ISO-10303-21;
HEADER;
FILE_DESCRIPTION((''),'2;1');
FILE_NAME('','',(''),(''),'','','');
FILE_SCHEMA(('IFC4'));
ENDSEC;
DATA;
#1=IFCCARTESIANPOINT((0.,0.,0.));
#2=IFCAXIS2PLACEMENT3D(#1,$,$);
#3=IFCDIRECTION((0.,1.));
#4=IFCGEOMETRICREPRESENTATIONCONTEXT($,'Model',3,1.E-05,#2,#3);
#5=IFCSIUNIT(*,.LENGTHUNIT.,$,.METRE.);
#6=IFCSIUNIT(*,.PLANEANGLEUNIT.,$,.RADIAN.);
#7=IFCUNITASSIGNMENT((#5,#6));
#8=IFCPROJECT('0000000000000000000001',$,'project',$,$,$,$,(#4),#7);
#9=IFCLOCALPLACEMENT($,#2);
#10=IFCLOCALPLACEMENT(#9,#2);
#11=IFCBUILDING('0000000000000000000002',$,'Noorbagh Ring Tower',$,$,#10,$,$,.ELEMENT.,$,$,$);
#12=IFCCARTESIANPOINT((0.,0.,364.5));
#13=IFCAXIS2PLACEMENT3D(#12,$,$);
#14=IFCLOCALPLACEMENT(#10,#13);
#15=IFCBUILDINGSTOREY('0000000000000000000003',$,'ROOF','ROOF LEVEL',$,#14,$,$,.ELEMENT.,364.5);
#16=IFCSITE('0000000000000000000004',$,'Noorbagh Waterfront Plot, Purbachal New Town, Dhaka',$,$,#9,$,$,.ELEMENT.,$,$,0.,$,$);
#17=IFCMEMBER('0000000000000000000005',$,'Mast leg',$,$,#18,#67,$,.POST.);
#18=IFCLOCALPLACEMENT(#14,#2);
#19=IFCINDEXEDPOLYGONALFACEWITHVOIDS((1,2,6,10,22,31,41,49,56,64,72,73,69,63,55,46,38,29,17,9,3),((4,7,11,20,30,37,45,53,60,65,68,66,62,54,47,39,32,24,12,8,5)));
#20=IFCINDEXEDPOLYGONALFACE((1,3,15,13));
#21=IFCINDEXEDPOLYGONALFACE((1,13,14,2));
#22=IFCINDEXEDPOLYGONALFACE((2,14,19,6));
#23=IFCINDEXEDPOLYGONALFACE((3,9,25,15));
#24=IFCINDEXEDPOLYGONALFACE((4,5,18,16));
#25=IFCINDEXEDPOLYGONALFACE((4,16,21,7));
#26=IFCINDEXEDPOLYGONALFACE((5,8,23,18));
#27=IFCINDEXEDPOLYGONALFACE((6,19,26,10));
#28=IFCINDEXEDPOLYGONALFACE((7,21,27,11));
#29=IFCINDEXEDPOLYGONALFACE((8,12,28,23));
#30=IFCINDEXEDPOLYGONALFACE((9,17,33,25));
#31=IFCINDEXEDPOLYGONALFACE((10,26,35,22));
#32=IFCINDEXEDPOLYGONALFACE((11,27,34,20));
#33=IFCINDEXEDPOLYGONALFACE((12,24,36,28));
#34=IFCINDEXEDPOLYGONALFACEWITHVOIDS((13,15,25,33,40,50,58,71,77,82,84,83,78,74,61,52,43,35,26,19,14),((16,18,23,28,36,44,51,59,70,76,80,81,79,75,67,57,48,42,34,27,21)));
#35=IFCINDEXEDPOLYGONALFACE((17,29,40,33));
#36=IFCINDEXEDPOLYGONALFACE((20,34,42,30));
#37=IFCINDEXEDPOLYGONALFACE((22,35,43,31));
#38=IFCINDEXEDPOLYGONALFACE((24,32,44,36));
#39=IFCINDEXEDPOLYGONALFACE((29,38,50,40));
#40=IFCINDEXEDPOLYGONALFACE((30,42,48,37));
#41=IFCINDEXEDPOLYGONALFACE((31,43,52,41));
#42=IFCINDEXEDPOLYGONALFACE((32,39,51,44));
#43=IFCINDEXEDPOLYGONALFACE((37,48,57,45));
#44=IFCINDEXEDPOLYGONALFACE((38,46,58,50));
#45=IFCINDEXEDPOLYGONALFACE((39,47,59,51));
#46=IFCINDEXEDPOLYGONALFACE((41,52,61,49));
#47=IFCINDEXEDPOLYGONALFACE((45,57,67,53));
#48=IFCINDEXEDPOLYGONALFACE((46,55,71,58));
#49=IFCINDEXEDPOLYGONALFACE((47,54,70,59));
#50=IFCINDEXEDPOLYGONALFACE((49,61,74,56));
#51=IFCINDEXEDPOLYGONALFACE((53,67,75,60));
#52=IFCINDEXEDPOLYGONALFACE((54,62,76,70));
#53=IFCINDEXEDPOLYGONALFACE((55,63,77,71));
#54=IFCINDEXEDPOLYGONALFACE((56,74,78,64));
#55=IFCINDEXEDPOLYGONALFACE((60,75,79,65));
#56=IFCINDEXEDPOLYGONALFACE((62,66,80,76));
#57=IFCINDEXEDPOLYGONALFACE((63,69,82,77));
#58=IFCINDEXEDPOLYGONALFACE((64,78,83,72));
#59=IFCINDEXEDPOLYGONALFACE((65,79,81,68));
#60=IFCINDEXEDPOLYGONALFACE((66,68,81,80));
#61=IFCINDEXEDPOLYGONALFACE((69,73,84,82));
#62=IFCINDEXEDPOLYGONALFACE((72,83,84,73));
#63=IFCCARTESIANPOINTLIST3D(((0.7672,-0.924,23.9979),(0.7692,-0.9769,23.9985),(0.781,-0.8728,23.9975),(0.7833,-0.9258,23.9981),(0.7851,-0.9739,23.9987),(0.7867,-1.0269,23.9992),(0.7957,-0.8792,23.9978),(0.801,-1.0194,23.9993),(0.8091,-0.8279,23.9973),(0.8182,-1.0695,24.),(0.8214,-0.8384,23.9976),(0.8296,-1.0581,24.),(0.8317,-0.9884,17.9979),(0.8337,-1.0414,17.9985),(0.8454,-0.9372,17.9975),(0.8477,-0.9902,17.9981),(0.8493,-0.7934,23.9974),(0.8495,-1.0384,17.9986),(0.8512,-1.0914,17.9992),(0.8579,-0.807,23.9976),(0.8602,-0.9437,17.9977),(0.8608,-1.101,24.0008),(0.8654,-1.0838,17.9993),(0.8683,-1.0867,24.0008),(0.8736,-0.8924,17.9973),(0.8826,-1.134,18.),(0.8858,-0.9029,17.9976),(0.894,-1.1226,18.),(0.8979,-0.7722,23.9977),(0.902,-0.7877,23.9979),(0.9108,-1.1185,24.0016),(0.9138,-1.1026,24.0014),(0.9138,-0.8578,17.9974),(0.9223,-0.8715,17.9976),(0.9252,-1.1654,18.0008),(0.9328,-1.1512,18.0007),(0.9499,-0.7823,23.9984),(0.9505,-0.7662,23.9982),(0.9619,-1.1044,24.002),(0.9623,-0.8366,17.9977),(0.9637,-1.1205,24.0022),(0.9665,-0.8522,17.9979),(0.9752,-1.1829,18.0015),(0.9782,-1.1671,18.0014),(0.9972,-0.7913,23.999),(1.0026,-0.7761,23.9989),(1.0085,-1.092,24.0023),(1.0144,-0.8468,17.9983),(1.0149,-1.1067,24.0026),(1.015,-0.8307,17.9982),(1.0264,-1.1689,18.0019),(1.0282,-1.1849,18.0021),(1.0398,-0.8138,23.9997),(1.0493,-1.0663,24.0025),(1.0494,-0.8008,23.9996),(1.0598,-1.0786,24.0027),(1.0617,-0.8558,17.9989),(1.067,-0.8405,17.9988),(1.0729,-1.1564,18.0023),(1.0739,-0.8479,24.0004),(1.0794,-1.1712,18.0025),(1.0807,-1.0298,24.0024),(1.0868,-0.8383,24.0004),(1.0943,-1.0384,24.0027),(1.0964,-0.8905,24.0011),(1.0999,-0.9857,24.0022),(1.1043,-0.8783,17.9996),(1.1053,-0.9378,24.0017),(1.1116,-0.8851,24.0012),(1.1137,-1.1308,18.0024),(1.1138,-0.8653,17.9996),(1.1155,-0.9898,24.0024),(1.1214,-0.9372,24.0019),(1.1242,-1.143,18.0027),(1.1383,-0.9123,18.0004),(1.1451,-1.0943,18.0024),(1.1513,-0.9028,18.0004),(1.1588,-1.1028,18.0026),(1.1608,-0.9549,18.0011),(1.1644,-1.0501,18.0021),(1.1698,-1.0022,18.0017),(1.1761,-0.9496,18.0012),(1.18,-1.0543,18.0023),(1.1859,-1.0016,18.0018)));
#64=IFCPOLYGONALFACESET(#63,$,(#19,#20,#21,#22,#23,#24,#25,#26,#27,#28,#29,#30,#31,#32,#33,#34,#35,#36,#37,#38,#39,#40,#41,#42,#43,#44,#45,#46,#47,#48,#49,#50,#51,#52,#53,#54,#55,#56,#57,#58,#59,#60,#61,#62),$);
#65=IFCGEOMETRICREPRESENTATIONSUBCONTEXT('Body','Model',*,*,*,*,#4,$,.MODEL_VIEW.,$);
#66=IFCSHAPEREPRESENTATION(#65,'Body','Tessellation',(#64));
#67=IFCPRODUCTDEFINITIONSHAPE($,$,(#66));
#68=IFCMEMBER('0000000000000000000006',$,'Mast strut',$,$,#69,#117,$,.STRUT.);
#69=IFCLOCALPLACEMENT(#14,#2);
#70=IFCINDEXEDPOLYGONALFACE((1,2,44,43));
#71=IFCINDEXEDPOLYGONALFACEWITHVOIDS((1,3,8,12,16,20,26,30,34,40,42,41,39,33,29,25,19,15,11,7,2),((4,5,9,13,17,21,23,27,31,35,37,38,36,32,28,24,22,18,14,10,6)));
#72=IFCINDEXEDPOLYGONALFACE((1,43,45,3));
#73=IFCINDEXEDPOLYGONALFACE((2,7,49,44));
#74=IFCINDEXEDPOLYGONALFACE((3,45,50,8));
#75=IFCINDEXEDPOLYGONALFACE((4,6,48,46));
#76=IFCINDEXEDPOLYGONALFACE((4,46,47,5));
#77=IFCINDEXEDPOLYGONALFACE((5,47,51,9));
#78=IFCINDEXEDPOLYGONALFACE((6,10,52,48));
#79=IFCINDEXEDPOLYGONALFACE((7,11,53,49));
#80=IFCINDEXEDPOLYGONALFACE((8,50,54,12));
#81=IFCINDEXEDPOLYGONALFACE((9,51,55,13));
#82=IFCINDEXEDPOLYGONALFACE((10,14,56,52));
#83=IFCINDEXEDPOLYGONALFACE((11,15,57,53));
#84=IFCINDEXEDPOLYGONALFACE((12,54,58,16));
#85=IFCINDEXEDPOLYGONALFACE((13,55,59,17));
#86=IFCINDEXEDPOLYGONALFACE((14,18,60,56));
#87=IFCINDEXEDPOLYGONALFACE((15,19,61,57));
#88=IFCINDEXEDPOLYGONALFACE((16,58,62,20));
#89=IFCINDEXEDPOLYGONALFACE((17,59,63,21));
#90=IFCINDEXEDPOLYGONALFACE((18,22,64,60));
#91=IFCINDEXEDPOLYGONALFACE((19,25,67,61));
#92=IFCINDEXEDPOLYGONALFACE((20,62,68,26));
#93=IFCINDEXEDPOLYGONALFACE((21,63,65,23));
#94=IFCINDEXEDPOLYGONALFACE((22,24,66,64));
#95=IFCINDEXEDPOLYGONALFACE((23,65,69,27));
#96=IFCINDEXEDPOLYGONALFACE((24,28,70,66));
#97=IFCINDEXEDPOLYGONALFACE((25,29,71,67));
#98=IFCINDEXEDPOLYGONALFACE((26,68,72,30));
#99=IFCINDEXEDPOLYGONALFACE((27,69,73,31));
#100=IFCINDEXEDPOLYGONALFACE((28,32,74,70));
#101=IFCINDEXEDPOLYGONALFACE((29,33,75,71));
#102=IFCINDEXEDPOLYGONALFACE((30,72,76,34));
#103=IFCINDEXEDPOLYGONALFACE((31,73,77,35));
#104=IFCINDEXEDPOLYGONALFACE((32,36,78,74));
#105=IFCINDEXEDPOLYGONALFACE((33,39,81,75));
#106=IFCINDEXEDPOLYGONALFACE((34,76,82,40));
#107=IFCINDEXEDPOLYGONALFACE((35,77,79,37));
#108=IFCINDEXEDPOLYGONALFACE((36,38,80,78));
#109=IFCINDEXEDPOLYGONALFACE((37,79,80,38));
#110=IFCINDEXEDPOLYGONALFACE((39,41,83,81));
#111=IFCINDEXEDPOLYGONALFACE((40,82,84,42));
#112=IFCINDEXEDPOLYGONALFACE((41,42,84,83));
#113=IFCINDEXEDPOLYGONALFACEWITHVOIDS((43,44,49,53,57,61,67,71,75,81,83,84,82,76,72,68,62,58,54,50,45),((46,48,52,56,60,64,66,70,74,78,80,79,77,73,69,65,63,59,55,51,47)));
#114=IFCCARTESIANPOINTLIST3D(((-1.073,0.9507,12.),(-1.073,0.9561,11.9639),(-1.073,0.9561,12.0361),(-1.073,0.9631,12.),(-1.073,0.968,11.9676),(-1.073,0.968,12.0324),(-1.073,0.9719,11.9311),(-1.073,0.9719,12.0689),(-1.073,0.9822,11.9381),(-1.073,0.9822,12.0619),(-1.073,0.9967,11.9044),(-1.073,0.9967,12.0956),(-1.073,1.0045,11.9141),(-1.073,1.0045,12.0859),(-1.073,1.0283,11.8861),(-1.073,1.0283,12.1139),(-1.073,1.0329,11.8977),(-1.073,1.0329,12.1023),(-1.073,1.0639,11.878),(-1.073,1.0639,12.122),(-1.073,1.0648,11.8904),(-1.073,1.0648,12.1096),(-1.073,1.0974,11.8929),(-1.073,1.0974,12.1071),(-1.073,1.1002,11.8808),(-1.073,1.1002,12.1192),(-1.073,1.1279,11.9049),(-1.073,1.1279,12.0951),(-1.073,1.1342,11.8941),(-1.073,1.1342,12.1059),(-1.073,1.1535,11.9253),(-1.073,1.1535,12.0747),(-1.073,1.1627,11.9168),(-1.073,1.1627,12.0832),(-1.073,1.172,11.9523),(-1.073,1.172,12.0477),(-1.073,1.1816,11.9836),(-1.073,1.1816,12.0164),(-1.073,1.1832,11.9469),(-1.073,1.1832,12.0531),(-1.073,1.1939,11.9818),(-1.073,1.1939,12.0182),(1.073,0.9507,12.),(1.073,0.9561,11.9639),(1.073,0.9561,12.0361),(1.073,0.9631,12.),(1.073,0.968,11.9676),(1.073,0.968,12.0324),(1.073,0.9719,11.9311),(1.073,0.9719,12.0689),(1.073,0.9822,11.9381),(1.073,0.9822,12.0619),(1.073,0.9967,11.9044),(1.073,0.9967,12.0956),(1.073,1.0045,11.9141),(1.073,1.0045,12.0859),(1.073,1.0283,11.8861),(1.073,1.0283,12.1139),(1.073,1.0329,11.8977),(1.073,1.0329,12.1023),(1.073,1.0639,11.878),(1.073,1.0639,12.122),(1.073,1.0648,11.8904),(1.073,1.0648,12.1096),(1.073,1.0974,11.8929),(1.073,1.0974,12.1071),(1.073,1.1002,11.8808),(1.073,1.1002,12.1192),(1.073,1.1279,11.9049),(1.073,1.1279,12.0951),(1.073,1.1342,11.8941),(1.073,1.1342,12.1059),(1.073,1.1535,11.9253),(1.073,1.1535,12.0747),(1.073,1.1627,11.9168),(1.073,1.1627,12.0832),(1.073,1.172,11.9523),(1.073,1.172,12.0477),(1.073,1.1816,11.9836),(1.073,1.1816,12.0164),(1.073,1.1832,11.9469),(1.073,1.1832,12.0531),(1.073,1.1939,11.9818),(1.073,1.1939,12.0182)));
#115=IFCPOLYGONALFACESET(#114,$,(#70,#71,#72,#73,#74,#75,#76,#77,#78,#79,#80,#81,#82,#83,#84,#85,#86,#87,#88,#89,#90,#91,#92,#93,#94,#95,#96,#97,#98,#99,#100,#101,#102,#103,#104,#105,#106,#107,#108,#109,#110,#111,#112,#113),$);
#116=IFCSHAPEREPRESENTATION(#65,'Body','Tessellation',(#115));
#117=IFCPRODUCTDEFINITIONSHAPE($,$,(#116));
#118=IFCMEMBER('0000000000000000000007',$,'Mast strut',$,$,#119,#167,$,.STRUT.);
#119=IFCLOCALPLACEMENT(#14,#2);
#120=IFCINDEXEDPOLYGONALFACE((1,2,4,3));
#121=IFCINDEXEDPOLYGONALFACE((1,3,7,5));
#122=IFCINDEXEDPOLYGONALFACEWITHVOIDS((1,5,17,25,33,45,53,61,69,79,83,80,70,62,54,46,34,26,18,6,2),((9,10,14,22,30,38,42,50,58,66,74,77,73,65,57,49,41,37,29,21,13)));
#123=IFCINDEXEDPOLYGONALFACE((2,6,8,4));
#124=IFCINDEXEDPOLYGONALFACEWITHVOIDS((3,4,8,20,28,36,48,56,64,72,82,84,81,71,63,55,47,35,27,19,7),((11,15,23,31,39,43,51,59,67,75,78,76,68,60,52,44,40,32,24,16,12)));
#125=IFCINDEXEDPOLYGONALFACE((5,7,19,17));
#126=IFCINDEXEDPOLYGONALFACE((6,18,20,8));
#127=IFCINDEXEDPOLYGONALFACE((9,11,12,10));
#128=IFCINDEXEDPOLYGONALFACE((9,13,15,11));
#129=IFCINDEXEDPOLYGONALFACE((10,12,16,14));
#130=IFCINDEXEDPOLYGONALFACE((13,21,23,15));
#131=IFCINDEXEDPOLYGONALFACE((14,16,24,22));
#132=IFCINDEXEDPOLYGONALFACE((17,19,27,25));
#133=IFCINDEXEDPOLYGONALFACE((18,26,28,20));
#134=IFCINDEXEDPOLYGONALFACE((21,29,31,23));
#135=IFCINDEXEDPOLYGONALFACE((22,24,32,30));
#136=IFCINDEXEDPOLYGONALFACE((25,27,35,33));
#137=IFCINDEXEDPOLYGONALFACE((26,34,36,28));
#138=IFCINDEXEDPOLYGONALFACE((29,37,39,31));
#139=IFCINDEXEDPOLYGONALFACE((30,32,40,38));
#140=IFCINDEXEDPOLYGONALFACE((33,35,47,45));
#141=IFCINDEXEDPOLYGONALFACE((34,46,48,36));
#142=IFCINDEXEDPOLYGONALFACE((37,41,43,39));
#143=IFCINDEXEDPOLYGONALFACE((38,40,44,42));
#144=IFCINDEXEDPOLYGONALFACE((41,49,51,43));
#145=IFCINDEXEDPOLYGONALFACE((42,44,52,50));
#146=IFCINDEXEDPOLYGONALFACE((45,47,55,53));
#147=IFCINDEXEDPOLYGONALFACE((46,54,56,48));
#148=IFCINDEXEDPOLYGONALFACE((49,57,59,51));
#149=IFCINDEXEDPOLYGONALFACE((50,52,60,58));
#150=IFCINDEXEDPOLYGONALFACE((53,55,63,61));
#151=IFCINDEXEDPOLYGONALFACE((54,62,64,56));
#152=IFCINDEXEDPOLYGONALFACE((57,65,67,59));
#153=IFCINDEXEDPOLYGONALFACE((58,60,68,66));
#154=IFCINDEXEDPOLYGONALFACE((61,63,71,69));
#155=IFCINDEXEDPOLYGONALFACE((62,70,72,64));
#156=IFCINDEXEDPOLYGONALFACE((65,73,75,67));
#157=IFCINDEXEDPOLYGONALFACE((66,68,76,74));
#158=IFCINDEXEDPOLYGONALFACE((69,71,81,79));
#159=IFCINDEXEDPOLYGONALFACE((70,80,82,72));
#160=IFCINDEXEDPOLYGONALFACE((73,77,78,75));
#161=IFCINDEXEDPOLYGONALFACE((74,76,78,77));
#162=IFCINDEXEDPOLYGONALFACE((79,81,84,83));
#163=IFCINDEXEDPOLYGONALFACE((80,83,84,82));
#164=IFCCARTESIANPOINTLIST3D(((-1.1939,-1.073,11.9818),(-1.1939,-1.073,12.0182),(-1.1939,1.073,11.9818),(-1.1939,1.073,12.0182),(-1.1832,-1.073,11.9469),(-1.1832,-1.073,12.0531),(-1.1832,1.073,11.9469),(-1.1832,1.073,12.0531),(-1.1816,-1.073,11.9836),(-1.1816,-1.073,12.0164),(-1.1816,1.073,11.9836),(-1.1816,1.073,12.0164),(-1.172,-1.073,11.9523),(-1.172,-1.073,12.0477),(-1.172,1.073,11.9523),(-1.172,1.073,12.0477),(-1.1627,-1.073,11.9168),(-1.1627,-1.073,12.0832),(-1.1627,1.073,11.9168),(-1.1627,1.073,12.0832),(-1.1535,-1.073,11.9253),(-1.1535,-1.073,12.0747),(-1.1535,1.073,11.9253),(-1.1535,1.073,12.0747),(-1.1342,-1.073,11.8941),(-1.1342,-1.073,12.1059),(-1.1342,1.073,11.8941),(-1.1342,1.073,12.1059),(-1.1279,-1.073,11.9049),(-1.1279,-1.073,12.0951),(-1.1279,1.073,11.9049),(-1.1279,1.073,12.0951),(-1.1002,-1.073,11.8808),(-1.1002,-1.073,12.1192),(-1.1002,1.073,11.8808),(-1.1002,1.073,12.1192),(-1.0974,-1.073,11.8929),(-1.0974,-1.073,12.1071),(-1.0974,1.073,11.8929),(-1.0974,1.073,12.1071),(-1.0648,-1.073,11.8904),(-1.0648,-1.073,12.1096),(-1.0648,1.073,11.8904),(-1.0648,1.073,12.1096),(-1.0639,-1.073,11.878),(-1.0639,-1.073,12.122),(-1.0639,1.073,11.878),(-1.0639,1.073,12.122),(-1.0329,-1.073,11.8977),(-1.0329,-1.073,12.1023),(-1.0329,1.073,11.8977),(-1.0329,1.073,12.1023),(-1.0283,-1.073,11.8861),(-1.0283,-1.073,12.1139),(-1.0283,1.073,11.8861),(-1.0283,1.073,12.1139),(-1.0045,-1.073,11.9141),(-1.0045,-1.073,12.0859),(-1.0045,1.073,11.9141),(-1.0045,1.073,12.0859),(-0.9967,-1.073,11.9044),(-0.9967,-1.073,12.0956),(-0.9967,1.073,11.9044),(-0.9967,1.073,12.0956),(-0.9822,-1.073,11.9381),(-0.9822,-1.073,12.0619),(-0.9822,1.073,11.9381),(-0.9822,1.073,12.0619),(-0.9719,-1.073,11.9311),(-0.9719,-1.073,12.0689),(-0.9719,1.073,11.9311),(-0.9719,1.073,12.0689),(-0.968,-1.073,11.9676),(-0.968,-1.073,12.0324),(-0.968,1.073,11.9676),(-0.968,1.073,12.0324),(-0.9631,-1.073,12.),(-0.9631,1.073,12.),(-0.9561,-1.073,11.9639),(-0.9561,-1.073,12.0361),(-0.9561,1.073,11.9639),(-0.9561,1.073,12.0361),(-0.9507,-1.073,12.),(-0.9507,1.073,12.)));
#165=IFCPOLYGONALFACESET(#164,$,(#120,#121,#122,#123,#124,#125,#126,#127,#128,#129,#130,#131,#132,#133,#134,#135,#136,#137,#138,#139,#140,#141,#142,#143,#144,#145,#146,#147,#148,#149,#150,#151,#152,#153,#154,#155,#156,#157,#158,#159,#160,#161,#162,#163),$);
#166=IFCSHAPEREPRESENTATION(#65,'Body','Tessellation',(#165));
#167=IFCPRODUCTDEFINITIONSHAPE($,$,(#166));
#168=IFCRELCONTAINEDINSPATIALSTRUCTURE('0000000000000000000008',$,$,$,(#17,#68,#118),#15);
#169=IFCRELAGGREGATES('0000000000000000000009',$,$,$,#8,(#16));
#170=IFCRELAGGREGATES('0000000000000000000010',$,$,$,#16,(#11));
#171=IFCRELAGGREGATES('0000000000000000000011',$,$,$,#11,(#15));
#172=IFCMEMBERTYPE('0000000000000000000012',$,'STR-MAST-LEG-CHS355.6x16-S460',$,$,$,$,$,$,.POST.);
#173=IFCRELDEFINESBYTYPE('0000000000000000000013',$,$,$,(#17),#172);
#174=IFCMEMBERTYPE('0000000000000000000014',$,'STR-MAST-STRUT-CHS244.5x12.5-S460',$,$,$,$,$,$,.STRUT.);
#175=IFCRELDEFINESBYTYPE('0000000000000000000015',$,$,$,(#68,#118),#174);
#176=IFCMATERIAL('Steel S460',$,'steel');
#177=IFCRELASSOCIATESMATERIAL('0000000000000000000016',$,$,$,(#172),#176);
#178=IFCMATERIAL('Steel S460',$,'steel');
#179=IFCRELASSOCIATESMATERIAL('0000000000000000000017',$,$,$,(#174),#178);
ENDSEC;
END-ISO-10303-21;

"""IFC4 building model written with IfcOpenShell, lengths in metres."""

from ifc_helpers import new_model, si_unit, direction, frame, origin, origin_2d, place, context, subcontext, project, spatial, hollow_circle, extrude, material, material_profile, profile_set, type_object, element, save


model = new_model("IFC4")

# Units and contexts
model_context = context("Model", 3, precision=1e-05, world=origin(), true_north=direction((0.0, 1.0)))
body_context = subcontext(model_context, "Body", "Model", "MODEL_VIEW")
ifc_project = project(units=[si_unit("LENGTHUNIT", "METRE"), si_unit("PLANEANGLEUNIT", "RADIAN")], contexts=[model_context])

# Site, building, storey
site_placement = place(None, origin())
site = spatial("IfcSite", under=ifc_project, at=site_placement, Name="Noorbagh Waterfront Plot, Purbachal New Town, Dhaka", CompositionType="ELEMENT", RefElevation=0.0)
building_placement = place(site_placement, origin())
building = spatial("IfcBuilding", under=site, at=building_placement, Name="Noorbagh Ring Tower", CompositionType="ELEMENT")
storey_placement = place(building_placement, frame((0.0, 0.0, 364.5)))
storey = spatial("IfcBuildingStorey", under=building, at=storey_placement, Name="ROOF", Description="ROOF LEVEL", CompositionType="ELEMENT", Elevation=364.5)

# Members
ifc_material_1 = material(Name="Steel S460", Category="steel")
ifc_material_profile_1 = material_profile(ifc_material_1, hollow_circle(Radius=0.1777, WallThickness=0.0161, at=origin_2d()), Name="CHS355.6x16")
ifc_profile_set_1 = profile_set([ifc_material_profile_1], Name="Steel S460")
member_type_1 = type_object("IfcMemberType", Name="STR-MAST-LEG-CHS355.6x16-S460", PredefinedType="POST", material=ifc_profile_set_1)
for number, where, z_axis, x_axis, name in (
    (1, (1.0083, -1.0083, 18.0), (-0.010741, 0.010741, 0.999885), (-0.707107, -0.707107, 0.0), "Mast leg"),
):
    element("IfcMember", number, at=place(storey_placement, frame(where, z_axis=z_axis, x_axis=x_axis)), inside=storey, type_object=member_type_1, Name=name, PredefinedType="POST", context=body_context, shape_type="SweptSolid", body=[
        extrude(hollow_circle(Radius=0.1777, WallThickness=0.0161, at=origin_2d()), origin(), (0.0, 0.0, 1.0), 6.0007),
    ])
ifc_material_2 = material(Name="Steel S460", Category="steel")
ifc_material_profile_2 = material_profile(ifc_material_2, hollow_circle(Radius=0.1223, WallThickness=0.0125, at=origin_2d()), Name="CHS244.5x12.5")
ifc_profile_set_2 = profile_set([ifc_material_profile_2], Name="Steel S460")
member_type_2 = type_object("IfcMemberType", Name="STR-MAST-STRUT-CHS244.5x12.5-S460", PredefinedType="STRUT", material=ifc_profile_set_2)
for number, where, z_axis, x_axis, name in (
    (2, (1.073, 1.073, 12.0), (-1.0, 0.0, 0.0), (0.0, -1.0, 0.0), "Mast strut"),
    (3, (-1.073, 1.073, 12.0), (0.0, -1.0, 0.0), (1.0, 0.0, 0.0), "Mast strut"),
):
    element("IfcMember", number, at=place(storey_placement, frame(where, z_axis=z_axis, x_axis=x_axis)), inside=storey, type_object=member_type_2, Name=name, PredefinedType="STRUT", context=body_context, shape_type="SweptSolid", body=[
        extrude(hollow_circle(Radius=0.1223, WallThickness=0.0125, at=origin_2d()), origin(), (0.0, 0.0, 1.0), 2.146),
    ])

save(model, "model.ifc")
